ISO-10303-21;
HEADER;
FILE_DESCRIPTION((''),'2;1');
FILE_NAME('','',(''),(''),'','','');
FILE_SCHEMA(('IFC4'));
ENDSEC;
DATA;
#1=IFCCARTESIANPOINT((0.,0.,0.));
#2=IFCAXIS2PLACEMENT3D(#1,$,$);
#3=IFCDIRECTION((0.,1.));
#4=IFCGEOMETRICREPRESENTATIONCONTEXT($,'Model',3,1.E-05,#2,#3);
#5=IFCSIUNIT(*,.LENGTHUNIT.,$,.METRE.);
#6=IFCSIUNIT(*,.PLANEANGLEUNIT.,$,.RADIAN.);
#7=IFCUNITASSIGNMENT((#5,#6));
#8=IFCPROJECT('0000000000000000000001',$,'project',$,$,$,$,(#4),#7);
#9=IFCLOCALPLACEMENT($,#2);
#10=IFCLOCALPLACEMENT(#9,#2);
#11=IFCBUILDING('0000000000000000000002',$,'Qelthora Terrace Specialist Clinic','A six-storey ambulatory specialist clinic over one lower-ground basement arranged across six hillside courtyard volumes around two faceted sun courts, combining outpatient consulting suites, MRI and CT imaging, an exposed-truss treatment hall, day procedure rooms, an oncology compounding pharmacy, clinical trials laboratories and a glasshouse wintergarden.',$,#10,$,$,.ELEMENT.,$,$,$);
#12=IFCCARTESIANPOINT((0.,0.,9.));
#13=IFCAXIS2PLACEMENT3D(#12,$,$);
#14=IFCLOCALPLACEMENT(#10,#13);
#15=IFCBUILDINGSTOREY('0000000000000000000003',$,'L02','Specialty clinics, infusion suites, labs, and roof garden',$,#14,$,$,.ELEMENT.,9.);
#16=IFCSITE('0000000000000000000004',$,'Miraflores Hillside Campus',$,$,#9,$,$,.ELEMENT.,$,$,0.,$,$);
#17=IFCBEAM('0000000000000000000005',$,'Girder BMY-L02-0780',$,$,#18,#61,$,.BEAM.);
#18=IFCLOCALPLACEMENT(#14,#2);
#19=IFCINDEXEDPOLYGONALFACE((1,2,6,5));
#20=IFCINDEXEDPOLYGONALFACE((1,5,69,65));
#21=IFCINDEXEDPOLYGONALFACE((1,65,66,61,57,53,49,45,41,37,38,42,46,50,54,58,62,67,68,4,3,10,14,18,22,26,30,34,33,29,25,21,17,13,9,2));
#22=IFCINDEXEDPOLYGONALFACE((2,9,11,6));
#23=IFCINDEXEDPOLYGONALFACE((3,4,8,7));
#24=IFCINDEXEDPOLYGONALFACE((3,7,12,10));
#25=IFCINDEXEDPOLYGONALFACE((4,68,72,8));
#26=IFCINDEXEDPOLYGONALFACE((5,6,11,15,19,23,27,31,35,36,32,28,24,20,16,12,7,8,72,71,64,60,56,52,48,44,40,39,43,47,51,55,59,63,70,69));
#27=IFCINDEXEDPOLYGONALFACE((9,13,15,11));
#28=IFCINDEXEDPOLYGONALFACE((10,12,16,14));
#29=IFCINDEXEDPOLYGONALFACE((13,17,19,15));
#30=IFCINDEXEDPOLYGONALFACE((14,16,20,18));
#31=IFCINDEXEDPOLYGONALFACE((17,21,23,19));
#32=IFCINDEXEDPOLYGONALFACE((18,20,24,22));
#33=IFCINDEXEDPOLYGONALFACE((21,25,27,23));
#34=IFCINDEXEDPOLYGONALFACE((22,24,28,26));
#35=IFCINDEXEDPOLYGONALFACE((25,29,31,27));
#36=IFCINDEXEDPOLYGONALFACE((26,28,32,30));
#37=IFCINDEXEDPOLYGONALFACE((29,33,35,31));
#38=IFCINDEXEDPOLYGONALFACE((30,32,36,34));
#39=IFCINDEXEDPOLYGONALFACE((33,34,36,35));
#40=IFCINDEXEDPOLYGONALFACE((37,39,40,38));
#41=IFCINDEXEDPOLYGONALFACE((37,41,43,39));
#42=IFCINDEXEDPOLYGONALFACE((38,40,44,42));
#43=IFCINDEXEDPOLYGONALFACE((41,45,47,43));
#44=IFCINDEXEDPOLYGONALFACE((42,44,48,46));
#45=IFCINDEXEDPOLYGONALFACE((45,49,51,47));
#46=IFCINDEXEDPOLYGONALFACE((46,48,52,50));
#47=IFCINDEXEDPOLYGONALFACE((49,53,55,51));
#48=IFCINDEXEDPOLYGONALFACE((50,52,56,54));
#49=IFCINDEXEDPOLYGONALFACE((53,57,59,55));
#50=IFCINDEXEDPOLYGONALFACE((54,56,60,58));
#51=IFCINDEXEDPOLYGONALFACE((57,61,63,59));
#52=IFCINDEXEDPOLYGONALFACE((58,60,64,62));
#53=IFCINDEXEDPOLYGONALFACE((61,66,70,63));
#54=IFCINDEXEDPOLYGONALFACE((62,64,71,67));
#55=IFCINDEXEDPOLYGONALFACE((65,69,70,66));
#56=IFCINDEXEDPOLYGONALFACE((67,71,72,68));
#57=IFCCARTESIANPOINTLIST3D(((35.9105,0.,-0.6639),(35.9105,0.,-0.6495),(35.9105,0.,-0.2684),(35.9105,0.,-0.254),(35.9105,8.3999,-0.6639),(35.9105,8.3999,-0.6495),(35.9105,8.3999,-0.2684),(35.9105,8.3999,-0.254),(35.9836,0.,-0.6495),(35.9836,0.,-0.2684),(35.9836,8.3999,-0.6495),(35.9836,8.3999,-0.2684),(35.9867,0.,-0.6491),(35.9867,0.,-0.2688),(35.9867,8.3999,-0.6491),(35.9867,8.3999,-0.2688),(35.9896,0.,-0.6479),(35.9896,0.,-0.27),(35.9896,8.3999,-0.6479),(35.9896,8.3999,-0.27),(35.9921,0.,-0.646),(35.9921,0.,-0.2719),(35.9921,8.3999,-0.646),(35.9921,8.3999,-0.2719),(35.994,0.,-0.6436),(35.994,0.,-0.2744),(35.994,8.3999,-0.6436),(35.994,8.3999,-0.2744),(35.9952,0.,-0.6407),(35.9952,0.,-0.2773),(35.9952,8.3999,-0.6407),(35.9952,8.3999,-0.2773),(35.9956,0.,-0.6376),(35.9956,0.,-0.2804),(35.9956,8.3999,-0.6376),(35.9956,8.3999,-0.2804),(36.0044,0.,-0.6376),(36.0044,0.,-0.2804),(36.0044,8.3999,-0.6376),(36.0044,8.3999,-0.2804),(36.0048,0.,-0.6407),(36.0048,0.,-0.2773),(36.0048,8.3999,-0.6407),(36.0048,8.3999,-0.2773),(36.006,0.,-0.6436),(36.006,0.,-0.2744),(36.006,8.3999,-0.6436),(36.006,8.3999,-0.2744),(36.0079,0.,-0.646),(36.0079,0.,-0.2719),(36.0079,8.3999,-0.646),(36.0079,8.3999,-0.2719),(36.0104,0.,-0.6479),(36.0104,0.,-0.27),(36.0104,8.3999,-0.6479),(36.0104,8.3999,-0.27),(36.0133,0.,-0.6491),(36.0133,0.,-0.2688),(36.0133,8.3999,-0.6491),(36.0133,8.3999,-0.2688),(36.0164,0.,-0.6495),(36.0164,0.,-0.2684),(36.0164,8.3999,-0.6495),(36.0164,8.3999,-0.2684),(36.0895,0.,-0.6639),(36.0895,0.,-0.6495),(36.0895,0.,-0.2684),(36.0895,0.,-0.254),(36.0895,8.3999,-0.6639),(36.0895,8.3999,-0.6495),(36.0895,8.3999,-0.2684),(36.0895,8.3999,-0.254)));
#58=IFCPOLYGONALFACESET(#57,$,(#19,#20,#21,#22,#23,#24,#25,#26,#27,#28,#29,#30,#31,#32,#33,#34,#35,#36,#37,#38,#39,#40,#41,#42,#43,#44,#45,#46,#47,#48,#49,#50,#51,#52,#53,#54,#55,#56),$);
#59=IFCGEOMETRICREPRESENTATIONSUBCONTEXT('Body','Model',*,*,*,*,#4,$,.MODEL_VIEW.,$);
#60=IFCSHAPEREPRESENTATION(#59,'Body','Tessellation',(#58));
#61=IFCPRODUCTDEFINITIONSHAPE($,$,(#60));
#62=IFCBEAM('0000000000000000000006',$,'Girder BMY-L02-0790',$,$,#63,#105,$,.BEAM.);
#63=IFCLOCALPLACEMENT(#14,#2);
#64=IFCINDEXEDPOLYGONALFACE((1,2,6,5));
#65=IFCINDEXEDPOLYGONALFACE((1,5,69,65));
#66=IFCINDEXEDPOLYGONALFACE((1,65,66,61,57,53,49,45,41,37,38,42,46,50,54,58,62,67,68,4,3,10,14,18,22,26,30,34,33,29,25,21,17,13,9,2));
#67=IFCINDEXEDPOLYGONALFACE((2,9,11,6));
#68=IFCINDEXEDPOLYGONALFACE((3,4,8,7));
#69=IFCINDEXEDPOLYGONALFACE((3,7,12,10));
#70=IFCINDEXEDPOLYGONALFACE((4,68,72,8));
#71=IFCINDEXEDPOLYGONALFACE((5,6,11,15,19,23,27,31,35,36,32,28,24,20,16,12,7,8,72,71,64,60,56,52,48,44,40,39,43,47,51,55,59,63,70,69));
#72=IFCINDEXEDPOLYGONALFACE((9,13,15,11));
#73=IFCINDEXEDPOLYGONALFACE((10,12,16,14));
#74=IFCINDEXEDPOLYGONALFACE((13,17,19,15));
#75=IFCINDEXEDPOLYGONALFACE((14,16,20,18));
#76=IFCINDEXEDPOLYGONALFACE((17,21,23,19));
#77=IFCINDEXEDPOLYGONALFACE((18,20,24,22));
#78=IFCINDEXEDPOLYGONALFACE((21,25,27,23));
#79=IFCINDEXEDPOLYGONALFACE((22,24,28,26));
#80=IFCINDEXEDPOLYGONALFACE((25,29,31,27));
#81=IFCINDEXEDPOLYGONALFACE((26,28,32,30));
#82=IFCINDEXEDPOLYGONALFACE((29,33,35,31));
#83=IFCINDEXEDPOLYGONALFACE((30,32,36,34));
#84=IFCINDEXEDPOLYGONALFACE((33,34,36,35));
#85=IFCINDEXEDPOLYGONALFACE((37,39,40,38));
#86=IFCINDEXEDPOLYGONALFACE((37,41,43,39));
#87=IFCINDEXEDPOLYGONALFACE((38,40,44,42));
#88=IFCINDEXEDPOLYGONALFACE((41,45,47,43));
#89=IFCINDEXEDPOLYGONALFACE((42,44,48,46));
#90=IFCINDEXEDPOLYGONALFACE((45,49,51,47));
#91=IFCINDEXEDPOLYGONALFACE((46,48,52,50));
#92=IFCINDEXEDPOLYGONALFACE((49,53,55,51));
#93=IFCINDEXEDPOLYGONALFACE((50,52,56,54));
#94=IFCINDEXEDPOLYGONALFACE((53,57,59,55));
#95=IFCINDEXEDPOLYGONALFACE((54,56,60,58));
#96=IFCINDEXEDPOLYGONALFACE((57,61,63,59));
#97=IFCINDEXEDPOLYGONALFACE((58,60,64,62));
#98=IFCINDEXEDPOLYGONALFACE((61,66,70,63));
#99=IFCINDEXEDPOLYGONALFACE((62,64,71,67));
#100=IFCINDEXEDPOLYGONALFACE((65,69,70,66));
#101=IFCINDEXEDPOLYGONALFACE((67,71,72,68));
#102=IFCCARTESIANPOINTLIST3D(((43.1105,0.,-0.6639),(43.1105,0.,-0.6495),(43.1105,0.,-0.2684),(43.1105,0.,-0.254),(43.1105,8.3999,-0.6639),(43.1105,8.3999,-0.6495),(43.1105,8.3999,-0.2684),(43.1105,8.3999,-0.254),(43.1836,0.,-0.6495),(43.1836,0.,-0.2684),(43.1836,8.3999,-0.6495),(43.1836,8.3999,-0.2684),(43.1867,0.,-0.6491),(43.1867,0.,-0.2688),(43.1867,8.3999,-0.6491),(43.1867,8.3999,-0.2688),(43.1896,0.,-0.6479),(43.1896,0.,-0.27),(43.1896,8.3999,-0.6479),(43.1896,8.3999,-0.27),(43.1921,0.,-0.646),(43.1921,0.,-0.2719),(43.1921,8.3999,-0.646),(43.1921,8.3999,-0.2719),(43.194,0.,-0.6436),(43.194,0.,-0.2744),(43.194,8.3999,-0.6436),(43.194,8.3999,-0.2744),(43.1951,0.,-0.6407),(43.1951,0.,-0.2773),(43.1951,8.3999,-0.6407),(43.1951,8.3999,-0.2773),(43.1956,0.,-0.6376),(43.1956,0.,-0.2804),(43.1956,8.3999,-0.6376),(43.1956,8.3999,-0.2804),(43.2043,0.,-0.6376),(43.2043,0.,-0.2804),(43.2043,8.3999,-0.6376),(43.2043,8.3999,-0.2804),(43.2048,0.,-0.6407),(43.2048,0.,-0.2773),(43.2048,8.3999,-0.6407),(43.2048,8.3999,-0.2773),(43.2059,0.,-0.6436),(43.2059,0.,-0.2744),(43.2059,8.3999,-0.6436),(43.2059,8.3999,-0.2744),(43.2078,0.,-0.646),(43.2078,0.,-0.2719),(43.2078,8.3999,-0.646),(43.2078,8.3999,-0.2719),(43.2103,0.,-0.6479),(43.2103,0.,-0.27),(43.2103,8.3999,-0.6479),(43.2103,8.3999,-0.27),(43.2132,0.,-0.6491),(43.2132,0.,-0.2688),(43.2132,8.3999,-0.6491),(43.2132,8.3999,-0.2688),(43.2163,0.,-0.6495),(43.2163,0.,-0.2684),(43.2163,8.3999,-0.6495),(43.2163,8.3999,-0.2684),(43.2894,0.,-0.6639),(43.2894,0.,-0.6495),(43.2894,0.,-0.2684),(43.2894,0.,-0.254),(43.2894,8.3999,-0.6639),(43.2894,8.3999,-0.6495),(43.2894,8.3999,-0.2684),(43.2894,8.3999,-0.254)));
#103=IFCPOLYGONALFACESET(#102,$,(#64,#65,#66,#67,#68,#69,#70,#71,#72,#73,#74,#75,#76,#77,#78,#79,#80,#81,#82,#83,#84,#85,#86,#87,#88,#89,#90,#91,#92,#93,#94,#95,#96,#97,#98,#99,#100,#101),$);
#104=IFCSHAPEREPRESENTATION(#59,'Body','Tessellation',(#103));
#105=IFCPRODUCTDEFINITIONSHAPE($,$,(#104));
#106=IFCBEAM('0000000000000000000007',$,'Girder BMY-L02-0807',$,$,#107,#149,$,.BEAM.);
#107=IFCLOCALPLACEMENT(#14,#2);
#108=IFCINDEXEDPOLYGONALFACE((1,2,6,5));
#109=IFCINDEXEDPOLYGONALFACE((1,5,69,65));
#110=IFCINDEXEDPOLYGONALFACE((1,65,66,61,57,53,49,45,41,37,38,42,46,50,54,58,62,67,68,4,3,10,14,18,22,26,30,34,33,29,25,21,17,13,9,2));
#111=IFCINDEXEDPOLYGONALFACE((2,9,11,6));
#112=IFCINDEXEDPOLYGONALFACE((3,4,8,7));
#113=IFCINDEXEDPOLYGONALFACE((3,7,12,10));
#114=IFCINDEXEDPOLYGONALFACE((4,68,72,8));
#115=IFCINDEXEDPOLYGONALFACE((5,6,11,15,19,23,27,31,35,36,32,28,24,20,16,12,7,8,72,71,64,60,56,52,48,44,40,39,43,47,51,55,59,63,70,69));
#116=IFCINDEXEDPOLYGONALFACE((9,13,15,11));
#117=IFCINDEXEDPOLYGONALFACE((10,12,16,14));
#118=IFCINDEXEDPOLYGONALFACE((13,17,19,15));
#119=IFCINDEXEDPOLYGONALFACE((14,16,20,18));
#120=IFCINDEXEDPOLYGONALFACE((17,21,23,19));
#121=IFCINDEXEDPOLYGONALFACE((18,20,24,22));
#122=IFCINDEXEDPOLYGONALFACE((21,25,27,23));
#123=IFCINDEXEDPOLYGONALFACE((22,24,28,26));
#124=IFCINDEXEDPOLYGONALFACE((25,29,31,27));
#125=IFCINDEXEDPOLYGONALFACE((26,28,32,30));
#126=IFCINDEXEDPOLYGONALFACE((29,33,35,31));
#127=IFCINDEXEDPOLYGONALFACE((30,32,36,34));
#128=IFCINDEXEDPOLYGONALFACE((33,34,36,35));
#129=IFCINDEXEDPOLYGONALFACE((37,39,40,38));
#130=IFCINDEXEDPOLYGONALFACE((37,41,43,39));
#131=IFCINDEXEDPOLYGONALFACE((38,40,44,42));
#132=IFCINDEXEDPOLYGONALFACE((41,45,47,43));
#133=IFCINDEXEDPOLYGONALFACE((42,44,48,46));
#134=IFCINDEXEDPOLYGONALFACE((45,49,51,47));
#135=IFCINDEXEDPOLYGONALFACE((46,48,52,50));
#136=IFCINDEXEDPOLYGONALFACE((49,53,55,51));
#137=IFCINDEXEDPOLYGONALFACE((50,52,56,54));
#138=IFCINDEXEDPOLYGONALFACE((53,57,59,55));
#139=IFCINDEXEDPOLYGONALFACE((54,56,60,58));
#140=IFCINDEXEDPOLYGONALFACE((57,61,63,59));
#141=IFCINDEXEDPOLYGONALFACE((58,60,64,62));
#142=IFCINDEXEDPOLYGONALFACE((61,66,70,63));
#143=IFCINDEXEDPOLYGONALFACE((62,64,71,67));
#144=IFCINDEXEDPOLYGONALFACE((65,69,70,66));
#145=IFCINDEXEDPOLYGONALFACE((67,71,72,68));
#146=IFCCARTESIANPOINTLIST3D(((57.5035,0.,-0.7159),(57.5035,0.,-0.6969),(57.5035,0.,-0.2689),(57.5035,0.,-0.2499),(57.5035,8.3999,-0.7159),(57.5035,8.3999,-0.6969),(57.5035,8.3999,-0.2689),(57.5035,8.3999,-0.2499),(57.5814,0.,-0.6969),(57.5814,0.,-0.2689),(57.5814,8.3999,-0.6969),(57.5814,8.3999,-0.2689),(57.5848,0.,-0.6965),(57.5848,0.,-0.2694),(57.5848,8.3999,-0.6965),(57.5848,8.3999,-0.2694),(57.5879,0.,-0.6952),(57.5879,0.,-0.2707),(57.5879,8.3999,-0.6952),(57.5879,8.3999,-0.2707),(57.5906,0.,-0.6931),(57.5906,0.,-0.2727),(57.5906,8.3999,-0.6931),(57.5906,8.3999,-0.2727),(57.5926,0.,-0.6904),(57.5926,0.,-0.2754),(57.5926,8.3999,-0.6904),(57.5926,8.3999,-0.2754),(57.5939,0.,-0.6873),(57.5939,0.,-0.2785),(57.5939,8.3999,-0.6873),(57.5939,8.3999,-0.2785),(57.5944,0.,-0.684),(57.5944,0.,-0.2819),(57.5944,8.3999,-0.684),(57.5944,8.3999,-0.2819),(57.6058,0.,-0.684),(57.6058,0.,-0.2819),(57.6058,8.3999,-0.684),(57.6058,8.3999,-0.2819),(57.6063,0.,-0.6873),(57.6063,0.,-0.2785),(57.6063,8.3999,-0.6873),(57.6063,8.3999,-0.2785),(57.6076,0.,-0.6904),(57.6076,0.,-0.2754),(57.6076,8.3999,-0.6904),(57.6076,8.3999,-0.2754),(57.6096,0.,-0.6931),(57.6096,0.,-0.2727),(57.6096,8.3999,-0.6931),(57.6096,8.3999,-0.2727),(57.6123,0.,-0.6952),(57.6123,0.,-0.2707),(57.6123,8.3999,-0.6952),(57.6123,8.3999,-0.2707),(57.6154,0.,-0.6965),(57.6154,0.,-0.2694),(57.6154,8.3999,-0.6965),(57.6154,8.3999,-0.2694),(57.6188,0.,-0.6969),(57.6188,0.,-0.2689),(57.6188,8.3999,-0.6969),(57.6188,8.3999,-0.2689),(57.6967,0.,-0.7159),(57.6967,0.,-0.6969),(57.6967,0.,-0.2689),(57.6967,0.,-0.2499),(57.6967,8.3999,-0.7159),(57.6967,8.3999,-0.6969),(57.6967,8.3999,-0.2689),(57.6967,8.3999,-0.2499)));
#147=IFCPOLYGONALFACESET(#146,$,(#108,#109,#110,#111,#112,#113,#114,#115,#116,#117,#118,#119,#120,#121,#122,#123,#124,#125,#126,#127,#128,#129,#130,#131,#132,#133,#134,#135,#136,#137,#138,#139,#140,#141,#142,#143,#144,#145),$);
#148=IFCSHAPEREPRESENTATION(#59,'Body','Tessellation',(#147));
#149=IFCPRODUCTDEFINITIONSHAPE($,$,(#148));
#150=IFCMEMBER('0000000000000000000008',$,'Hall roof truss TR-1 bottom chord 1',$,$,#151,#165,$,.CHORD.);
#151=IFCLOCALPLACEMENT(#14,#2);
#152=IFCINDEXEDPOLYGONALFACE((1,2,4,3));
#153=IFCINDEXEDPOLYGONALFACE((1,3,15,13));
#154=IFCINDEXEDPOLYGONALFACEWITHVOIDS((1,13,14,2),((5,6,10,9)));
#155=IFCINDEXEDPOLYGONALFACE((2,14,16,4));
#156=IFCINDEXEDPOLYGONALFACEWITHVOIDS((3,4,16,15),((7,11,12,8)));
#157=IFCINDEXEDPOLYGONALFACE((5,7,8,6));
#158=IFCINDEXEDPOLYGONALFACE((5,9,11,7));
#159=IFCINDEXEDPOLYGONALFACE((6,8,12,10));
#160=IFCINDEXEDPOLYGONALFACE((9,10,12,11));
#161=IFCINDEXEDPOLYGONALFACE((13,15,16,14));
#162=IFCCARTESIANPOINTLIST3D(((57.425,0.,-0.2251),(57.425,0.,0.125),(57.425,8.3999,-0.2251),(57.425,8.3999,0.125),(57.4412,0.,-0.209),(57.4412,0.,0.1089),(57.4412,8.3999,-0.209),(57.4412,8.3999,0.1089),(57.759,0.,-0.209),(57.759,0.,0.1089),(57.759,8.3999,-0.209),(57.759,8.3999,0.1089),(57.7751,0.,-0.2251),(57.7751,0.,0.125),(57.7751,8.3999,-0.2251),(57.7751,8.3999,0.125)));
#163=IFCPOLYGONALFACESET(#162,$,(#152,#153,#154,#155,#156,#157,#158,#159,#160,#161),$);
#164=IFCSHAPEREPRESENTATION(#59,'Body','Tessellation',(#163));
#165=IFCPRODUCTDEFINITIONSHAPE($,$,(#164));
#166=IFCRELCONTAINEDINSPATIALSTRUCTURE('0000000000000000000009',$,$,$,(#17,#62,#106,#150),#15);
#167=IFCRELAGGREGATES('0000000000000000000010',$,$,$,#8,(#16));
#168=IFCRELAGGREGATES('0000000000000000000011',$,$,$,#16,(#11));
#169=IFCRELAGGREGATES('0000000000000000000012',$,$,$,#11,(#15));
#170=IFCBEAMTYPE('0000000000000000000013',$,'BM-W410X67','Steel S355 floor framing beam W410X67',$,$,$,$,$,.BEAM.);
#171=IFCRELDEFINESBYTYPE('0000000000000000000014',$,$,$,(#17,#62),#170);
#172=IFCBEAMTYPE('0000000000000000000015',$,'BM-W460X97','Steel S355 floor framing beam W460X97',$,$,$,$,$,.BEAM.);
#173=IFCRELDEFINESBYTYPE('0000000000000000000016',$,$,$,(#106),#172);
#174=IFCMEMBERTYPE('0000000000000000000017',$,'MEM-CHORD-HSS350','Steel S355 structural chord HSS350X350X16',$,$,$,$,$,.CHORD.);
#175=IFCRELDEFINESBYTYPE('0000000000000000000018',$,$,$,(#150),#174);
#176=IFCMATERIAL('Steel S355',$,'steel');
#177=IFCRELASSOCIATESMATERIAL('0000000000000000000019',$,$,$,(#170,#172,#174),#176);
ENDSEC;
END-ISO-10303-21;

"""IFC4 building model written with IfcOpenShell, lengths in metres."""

from ifc_helpers import new_model, si_unit, direction, frame, origin, origin_2d, place, context, subcontext, project, spatial, hollow_rectangle, i_section, extrude, material, material_profile, profile_set, type_object, element, save


model = new_model("IFC4")

# Units and contexts
model_context = context("Model", 3, precision=1e-05, world=origin(), true_north=direction((0.0, 1.0)))
body_context = subcontext(model_context, "Body", "Model", "MODEL_VIEW")
ifc_project = project(units=[si_unit("LENGTHUNIT", "METRE"), si_unit("PLANEANGLEUNIT", "RADIAN")], contexts=[model_context])

# Site, building, storey
site_placement = place(None, origin())
site = spatial("IfcSite", under=ifc_project, at=site_placement, Name="Miraflores Hillside Campus", CompositionType="ELEMENT", RefElevation=0.0)
building_placement = place(site_placement, origin())
building = spatial("IfcBuilding", under=site, at=building_placement, Name="Qelthora Terrace Specialist Clinic", Description="A six-storey ambulatory specialist clinic over one lower-ground basement arranged across six hillside courtyard volumes around two faceted sun courts, combining outpatient consulting suites, MRI and CT imaging, an exposed-truss treatment hall, day procedure rooms, an oncology compounding pharmacy, clinical trials laboratories and a glasshouse wintergarden.", CompositionType="ELEMENT")
storey_placement = place(building_placement, frame((0.0, 0.0, 9.0)))
storey = spatial("IfcBuildingStorey", under=building, at=storey_placement, Name="L02", Description="Specialty clinics, infusion suites, labs, and roof garden", CompositionType="ELEMENT", Elevation=9.0)

# Beams
ifc_material_1 = material(Name="Steel S355", Category="steel")
ifc_material_profile_1 = material_profile(ifc_material_1, i_section(OverallWidth=0.179, OverallDepth=0.4099, WebThickness=0.0088, FlangeThickness=0.0144, FilletRadius=0.012, at=origin_2d()), Name="W410X67")
ifc_profile_set_1 = profile_set([ifc_material_profile_1], Name="Steel S355")
beam_type_1 = type_object("IfcBeamType", Name="BM-W410X67", Description="Steel S355 floor framing beam W410X67", PredefinedType="BEAM", material=ifc_profile_set_1)
for number, where, z_axis, x_axis, name in (
    (1, (36.0, 0.0, -0.459), (0.0, 1.0, 0.0), (-1.0, 0.0, 0.0), "Girder BMY-L02-0780"),
    (2, (43.2, 0.0, -0.459), (0.0, 1.0, 0.0), (-1.0, 0.0, 0.0), "Girder BMY-L02-0790"),
):
    element("IfcBeam", number, at=place(storey_placement, frame(where, z_axis=z_axis, x_axis=x_axis)), inside=storey, type_object=beam_type_1, Name=name, PredefinedType="BEAM", context=body_context, shape_type="SweptSolid", body=[
        extrude(i_section(OverallWidth=0.179, OverallDepth=0.4099, WebThickness=0.0088, FlangeThickness=0.0144, FilletRadius=0.012, at=origin_2d()), origin(), (0.0, 0.0, 1.0), 8.3999),
    ])
ifc_material_profile_2 = material_profile(ifc_material_1, i_section(OverallWidth=0.1931, OverallDepth=0.4661, WebThickness=0.0115, FlangeThickness=0.019, FilletRadius=0.0129, at=origin_2d()), Name="W460X97")
ifc_profile_set_2 = profile_set([ifc_material_profile_2], Name="Steel S355")
beam_type_2 = type_object("IfcBeamType", Name="BM-W460X97", Description="Steel S355 floor framing beam W460X97", PredefinedType="BEAM", material=ifc_profile_set_2)
beam_placement = place(storey_placement, frame((57.6001, 0.0, -0.4829), z_axis=(0.0, 1.0, 0.0), x_axis=(-1.0, 0.0, 0.0)))
element("IfcBeam", 3, at=beam_placement, inside=storey, type_object=beam_type_2, Name="Girder BMY-L02-0807", PredefinedType="BEAM", context=body_context, shape_type="SweptSolid", body=[
    extrude(i_section(OverallWidth=0.1931, OverallDepth=0.4661, WebThickness=0.0115, FlangeThickness=0.019, FilletRadius=0.0129, at=origin_2d()), origin(), (0.0, 0.0, 1.0), 8.3999),
])

# Member
ifc_material_profile_3 = material_profile(ifc_material_1, hollow_rectangle(XDim=0.3501, YDim=0.3501, WallThickness=0.0161, at=origin_2d()), Name="HSS350X350X16")
ifc_profile_set_3 = profile_set([ifc_material_profile_3], Name="Steel S355")
member_type = type_object("IfcMemberType", Name="MEM-CHORD-HSS350", Description="Steel S355 structural chord HSS350X350X16", PredefinedType="CHORD", material=ifc_profile_set_3)
member_placement = place(storey_placement, frame((57.6001, 0.0, -0.05), z_axis=(0.0, 1.0, 0.0), x_axis=(-1.0, 0.0, 0.0)))
element("IfcMember", 4, at=member_placement, inside=storey, type_object=member_type, Name="Hall roof truss TR-1 bottom chord 1", PredefinedType="CHORD", context=body_context, shape_type="SweptSolid", body=[
    extrude(hollow_rectangle(XDim=0.3501, YDim=0.3501, WallThickness=0.0161, at=origin_2d()), origin(), (0.0, 0.0, 1.0), 8.3999),
])

save(model, "model.ifc")
